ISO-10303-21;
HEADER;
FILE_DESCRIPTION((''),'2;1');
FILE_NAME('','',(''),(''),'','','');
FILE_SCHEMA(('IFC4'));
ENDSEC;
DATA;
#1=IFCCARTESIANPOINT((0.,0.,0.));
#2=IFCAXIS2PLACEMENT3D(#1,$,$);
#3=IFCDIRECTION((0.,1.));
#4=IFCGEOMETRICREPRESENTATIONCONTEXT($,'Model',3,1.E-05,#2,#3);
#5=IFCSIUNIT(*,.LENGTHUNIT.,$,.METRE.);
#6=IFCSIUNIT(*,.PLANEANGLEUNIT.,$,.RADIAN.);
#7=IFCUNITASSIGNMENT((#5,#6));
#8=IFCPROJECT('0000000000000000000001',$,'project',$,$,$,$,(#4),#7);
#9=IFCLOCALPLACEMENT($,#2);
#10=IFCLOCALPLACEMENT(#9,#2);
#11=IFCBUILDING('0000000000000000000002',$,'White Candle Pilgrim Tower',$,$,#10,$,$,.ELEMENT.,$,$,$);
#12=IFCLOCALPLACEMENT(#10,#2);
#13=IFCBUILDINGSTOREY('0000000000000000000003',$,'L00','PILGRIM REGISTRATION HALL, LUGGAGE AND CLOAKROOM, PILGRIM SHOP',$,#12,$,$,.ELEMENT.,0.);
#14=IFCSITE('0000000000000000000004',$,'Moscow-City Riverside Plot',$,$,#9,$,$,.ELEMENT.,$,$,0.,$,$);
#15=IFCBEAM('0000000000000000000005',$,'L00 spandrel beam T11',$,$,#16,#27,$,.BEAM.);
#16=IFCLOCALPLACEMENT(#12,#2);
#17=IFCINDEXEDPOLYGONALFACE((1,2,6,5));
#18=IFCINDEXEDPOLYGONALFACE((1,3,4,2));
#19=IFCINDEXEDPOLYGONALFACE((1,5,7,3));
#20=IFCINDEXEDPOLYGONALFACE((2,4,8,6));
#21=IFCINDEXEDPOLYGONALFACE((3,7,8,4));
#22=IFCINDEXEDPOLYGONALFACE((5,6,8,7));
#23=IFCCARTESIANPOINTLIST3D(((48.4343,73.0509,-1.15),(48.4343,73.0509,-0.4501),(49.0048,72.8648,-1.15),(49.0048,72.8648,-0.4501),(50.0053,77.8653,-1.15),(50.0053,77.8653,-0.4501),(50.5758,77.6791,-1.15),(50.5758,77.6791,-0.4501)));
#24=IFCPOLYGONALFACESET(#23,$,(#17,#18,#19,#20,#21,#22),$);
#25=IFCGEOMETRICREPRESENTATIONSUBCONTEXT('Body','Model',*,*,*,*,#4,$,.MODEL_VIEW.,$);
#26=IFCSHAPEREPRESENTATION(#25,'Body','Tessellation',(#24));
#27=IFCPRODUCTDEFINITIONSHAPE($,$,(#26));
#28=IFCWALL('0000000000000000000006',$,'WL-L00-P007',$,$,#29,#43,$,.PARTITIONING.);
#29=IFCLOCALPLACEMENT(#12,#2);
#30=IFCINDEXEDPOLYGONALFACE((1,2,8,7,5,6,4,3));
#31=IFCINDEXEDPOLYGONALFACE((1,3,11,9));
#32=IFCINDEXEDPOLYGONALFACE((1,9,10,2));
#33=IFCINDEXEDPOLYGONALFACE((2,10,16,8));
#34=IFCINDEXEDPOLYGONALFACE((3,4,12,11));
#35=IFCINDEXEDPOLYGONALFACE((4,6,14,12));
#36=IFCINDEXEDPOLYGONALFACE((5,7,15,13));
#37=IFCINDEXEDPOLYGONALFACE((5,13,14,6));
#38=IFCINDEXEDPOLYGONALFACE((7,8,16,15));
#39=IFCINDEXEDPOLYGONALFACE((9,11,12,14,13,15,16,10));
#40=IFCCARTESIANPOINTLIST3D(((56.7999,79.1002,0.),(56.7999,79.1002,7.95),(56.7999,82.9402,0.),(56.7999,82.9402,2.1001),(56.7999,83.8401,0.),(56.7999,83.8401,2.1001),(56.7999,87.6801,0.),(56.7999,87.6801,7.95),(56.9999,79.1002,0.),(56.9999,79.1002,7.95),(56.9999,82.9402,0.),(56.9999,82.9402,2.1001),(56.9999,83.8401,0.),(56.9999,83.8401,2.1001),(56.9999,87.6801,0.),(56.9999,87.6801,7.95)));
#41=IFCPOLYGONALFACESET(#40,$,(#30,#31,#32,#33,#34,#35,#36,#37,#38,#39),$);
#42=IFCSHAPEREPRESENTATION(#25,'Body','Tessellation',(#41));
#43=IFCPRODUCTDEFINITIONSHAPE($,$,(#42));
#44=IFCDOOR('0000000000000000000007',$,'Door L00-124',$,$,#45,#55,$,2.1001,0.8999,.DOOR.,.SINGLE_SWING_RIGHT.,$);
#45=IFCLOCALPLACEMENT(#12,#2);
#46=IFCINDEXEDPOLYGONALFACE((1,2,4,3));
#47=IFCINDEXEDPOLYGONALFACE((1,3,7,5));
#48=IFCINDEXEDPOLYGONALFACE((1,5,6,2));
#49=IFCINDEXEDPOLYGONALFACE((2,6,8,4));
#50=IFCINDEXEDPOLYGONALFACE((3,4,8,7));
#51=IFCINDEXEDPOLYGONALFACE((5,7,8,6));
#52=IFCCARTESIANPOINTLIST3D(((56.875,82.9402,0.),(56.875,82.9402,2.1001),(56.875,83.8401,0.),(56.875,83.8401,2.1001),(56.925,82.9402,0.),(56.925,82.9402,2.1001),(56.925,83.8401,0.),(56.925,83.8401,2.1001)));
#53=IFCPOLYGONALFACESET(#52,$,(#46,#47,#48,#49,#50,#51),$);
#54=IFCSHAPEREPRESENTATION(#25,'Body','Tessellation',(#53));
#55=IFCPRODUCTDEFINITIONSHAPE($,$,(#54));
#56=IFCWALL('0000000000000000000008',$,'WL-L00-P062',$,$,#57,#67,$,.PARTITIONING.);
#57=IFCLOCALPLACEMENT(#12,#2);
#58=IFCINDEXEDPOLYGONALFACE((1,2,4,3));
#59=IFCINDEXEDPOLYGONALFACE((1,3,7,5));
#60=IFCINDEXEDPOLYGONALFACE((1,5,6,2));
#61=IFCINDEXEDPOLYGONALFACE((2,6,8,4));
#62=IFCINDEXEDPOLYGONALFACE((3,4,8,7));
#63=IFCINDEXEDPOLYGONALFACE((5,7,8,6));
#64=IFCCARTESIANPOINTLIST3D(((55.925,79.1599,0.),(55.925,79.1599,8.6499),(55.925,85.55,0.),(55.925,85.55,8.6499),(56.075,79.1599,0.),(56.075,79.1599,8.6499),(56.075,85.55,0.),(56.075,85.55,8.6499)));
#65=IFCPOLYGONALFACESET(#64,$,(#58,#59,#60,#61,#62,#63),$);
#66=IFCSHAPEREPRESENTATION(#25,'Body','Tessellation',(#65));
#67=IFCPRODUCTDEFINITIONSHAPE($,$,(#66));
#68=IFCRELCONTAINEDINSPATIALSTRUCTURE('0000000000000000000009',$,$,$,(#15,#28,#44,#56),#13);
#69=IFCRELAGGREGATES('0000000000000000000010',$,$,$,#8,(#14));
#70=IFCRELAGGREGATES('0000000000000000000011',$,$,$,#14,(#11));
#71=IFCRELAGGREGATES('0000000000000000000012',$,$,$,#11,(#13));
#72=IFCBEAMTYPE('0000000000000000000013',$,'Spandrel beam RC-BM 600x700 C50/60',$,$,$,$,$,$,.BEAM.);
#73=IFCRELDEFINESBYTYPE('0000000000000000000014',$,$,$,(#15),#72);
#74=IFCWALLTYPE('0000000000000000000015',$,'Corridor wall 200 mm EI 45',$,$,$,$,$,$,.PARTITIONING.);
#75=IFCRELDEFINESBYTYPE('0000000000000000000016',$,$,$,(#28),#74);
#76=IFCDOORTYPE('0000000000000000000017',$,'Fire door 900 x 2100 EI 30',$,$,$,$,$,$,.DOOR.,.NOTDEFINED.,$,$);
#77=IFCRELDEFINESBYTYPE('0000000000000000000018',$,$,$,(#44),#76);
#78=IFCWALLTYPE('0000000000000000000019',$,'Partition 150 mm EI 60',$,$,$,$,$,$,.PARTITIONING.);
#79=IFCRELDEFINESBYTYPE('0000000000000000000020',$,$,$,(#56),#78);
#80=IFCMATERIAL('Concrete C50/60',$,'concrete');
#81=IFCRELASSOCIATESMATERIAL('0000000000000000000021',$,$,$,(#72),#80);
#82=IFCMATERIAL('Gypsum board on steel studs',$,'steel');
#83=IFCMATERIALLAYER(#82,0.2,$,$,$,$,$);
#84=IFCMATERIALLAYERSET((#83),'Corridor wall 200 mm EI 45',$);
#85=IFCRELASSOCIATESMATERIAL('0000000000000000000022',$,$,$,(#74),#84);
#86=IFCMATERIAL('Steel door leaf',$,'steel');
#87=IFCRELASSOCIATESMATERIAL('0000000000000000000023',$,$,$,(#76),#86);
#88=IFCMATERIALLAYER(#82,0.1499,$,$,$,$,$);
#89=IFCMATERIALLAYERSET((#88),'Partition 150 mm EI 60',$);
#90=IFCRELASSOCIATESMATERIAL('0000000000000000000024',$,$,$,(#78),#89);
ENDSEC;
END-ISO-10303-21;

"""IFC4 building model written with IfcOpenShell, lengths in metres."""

from ifc_helpers import new_model, si_unit, direction, frame, frame_2d, origin, origin_2d, place, context, subcontext, project, spatial, rectangle, extrude, material, layer, layer_set, material_profile, profile_set, type_object, element, fill, save


model = new_model("IFC4")

# Units and contexts
model_context = context("Model", 3, precision=1e-05, world=origin(), true_north=direction((0.0, 1.0)))
body_context = subcontext(model_context, "Body", "Model", "MODEL_VIEW")
ifc_project = project(units=[si_unit("LENGTHUNIT", "METRE"), si_unit("PLANEANGLEUNIT", "RADIAN")], contexts=[model_context])

# Site, building, storey
site_placement = place(None, origin())
site = spatial("IfcSite", under=ifc_project, at=site_placement, Name="Moscow-City Riverside Plot", CompositionType="ELEMENT", RefElevation=0.0)
building_placement = place(site_placement, origin())
building = spatial("IfcBuilding", under=site, at=building_placement, Name="White Candle Pilgrim Tower", CompositionType="ELEMENT")
storey_placement = place(building_placement, origin())
storey = spatial("IfcBuildingStorey", under=building, at=storey_placement, Name="L00", Description="PILGRIM REGISTRATION HALL, LUGGAGE AND CLOAKROOM, PILGRIM SHOP", CompositionType="ELEMENT", Elevation=0.0)

# Beam
ifc_material_1 = material(Name="Concrete C50/60", Category="concrete")
ifc_material_profile_1 = material_profile(ifc_material_1, rectangle(XDim=0.6001, YDim=0.7, at=origin_2d()), Name="RC-BM 600x700")
ifc_profile_set_1 = profile_set([ifc_material_profile_1], Name="Concrete C50/60")
beam_type_1 = type_object("IfcBeamType", Name="Spandrel beam RC-BM 600x700 C50/60", PredefinedType="BEAM", material=ifc_profile_set_1)
beam_1_placement = place(storey_placement, frame((50.2905, 77.7722, -0.8), z_axis=(-0.31022, -0.950665, 0.0), x_axis=(0.950665, -0.31022, 0.0)))
element("IfcBeam", 1, at=beam_1_placement, inside=storey, type_object=beam_type_1, Name="L00 spandrel beam T11", PredefinedType="BEAM", context=body_context, shape_type="SweptSolid", body=[
    extrude(rectangle(XDim=0.6001, YDim=0.7, at=origin_2d()), origin(), (0.0, 0.0, 1.0), 5.0642),
])

# Wall, opening, door
ifc_material_2 = material(Name="Gypsum board on steel studs", Category="steel")
ifc_layer_1 = layer(ifc_material_2, 0.2)
ifc_layer_set_1 = layer_set([ifc_layer_1], Name="Corridor wall 200 mm EI 45")
wall_type_1 = type_object("IfcWallType", Name="Corridor wall 200 mm EI 45", PredefinedType="PARTITIONING", material=ifc_layer_set_1)
wall_1_placement = place(storey_placement, frame((56.8999, 79.1001, 0.0), z_axis=(0.0, 0.0, 1.0), x_axis=(0.0, 1.0, 0.0)))
wall_1 = element("IfcWall", 2, at=wall_1_placement, inside=storey, type_object=wall_type_1, Name="WL-L00-P007", PredefinedType="PARTITIONING", context=body_context, shape_type="SweptSolid", body=[
    extrude(rectangle(XDim=8.5798, YDim=0.2, at=frame_2d((4.29, 0.0))), origin(), (0.0, 0.0, 1.0), 7.95),
])
opening_1_placement = place(wall_1_placement, frame((3.8401, 0.0, 0.0)))
opening_1 = element("IfcOpeningElement", 3, at=opening_1_placement, cuts=wall_1, PredefinedType="OPENING", context=body_context, shape_type="SweptSolid", body=[
    extrude(rectangle(XDim=0.8999, YDim=2.1001, at=frame_2d((0.45, 1.05))), frame((0.0, 0.1099, 0.0), z_axis=(0.0, -1.0, 0.0), x_axis=(1.0, 0.0, 0.0)), (0.0, 0.0, 1.0), 0.22),
])
ifc_material_3 = material(Name="Steel door leaf", Category="steel")
door_type_1 = type_object("IfcDoorType", Name="Fire door 900 x 2100 EI 30", OperationType="NOTDEFINED", PredefinedType="DOOR", material=ifc_material_3)
door_1_placement = place(opening_1_placement, origin())
door_1 = element("IfcDoor", 4, at=door_1_placement, inside=storey, type_object=door_type_1, Name="Door L00-124", OperationType="SINGLE_SWING_RIGHT", OverallHeight=2.1001, OverallWidth=0.8999, PredefinedType="DOOR", context=body_context, shape_type="SweptSolid", body=[
    extrude(rectangle(XDim=0.8999, YDim=2.1001, at=frame_2d((0.45, 1.05))), frame((0.0, 0.0249, 0.0), z_axis=(0.0, -1.0, 0.0), x_axis=(1.0, 0.0, 0.0)), (0.0, 0.0, 1.0), 0.05),
])
fill(opening_1, door_1)

# Wall
ifc_layer_2 = layer(ifc_material_2, 0.1499)
ifc_layer_set_2 = layer_set([ifc_layer_2], Name="Partition 150 mm EI 60")
wall_type_2 = type_object("IfcWallType", Name="Partition 150 mm EI 60", PredefinedType="PARTITIONING", material=ifc_layer_set_2)
wall_2_placement = place(storey_placement, frame((56.0, 79.1599, 0.0), z_axis=(0.0, 0.0, 1.0), x_axis=(0.0, 1.0, 0.0)))
element("IfcWall", 5, at=wall_2_placement, inside=storey, type_object=wall_type_2, Name="WL-L00-P062", PredefinedType="PARTITIONING", context=body_context, shape_type="SweptSolid", body=[
    extrude(rectangle(XDim=6.3901, YDim=0.1499, at=frame_2d((3.1951, 0.0))), origin(), (0.0, 0.0, 1.0), 8.6499),
])

save(model, "model.ifc")
